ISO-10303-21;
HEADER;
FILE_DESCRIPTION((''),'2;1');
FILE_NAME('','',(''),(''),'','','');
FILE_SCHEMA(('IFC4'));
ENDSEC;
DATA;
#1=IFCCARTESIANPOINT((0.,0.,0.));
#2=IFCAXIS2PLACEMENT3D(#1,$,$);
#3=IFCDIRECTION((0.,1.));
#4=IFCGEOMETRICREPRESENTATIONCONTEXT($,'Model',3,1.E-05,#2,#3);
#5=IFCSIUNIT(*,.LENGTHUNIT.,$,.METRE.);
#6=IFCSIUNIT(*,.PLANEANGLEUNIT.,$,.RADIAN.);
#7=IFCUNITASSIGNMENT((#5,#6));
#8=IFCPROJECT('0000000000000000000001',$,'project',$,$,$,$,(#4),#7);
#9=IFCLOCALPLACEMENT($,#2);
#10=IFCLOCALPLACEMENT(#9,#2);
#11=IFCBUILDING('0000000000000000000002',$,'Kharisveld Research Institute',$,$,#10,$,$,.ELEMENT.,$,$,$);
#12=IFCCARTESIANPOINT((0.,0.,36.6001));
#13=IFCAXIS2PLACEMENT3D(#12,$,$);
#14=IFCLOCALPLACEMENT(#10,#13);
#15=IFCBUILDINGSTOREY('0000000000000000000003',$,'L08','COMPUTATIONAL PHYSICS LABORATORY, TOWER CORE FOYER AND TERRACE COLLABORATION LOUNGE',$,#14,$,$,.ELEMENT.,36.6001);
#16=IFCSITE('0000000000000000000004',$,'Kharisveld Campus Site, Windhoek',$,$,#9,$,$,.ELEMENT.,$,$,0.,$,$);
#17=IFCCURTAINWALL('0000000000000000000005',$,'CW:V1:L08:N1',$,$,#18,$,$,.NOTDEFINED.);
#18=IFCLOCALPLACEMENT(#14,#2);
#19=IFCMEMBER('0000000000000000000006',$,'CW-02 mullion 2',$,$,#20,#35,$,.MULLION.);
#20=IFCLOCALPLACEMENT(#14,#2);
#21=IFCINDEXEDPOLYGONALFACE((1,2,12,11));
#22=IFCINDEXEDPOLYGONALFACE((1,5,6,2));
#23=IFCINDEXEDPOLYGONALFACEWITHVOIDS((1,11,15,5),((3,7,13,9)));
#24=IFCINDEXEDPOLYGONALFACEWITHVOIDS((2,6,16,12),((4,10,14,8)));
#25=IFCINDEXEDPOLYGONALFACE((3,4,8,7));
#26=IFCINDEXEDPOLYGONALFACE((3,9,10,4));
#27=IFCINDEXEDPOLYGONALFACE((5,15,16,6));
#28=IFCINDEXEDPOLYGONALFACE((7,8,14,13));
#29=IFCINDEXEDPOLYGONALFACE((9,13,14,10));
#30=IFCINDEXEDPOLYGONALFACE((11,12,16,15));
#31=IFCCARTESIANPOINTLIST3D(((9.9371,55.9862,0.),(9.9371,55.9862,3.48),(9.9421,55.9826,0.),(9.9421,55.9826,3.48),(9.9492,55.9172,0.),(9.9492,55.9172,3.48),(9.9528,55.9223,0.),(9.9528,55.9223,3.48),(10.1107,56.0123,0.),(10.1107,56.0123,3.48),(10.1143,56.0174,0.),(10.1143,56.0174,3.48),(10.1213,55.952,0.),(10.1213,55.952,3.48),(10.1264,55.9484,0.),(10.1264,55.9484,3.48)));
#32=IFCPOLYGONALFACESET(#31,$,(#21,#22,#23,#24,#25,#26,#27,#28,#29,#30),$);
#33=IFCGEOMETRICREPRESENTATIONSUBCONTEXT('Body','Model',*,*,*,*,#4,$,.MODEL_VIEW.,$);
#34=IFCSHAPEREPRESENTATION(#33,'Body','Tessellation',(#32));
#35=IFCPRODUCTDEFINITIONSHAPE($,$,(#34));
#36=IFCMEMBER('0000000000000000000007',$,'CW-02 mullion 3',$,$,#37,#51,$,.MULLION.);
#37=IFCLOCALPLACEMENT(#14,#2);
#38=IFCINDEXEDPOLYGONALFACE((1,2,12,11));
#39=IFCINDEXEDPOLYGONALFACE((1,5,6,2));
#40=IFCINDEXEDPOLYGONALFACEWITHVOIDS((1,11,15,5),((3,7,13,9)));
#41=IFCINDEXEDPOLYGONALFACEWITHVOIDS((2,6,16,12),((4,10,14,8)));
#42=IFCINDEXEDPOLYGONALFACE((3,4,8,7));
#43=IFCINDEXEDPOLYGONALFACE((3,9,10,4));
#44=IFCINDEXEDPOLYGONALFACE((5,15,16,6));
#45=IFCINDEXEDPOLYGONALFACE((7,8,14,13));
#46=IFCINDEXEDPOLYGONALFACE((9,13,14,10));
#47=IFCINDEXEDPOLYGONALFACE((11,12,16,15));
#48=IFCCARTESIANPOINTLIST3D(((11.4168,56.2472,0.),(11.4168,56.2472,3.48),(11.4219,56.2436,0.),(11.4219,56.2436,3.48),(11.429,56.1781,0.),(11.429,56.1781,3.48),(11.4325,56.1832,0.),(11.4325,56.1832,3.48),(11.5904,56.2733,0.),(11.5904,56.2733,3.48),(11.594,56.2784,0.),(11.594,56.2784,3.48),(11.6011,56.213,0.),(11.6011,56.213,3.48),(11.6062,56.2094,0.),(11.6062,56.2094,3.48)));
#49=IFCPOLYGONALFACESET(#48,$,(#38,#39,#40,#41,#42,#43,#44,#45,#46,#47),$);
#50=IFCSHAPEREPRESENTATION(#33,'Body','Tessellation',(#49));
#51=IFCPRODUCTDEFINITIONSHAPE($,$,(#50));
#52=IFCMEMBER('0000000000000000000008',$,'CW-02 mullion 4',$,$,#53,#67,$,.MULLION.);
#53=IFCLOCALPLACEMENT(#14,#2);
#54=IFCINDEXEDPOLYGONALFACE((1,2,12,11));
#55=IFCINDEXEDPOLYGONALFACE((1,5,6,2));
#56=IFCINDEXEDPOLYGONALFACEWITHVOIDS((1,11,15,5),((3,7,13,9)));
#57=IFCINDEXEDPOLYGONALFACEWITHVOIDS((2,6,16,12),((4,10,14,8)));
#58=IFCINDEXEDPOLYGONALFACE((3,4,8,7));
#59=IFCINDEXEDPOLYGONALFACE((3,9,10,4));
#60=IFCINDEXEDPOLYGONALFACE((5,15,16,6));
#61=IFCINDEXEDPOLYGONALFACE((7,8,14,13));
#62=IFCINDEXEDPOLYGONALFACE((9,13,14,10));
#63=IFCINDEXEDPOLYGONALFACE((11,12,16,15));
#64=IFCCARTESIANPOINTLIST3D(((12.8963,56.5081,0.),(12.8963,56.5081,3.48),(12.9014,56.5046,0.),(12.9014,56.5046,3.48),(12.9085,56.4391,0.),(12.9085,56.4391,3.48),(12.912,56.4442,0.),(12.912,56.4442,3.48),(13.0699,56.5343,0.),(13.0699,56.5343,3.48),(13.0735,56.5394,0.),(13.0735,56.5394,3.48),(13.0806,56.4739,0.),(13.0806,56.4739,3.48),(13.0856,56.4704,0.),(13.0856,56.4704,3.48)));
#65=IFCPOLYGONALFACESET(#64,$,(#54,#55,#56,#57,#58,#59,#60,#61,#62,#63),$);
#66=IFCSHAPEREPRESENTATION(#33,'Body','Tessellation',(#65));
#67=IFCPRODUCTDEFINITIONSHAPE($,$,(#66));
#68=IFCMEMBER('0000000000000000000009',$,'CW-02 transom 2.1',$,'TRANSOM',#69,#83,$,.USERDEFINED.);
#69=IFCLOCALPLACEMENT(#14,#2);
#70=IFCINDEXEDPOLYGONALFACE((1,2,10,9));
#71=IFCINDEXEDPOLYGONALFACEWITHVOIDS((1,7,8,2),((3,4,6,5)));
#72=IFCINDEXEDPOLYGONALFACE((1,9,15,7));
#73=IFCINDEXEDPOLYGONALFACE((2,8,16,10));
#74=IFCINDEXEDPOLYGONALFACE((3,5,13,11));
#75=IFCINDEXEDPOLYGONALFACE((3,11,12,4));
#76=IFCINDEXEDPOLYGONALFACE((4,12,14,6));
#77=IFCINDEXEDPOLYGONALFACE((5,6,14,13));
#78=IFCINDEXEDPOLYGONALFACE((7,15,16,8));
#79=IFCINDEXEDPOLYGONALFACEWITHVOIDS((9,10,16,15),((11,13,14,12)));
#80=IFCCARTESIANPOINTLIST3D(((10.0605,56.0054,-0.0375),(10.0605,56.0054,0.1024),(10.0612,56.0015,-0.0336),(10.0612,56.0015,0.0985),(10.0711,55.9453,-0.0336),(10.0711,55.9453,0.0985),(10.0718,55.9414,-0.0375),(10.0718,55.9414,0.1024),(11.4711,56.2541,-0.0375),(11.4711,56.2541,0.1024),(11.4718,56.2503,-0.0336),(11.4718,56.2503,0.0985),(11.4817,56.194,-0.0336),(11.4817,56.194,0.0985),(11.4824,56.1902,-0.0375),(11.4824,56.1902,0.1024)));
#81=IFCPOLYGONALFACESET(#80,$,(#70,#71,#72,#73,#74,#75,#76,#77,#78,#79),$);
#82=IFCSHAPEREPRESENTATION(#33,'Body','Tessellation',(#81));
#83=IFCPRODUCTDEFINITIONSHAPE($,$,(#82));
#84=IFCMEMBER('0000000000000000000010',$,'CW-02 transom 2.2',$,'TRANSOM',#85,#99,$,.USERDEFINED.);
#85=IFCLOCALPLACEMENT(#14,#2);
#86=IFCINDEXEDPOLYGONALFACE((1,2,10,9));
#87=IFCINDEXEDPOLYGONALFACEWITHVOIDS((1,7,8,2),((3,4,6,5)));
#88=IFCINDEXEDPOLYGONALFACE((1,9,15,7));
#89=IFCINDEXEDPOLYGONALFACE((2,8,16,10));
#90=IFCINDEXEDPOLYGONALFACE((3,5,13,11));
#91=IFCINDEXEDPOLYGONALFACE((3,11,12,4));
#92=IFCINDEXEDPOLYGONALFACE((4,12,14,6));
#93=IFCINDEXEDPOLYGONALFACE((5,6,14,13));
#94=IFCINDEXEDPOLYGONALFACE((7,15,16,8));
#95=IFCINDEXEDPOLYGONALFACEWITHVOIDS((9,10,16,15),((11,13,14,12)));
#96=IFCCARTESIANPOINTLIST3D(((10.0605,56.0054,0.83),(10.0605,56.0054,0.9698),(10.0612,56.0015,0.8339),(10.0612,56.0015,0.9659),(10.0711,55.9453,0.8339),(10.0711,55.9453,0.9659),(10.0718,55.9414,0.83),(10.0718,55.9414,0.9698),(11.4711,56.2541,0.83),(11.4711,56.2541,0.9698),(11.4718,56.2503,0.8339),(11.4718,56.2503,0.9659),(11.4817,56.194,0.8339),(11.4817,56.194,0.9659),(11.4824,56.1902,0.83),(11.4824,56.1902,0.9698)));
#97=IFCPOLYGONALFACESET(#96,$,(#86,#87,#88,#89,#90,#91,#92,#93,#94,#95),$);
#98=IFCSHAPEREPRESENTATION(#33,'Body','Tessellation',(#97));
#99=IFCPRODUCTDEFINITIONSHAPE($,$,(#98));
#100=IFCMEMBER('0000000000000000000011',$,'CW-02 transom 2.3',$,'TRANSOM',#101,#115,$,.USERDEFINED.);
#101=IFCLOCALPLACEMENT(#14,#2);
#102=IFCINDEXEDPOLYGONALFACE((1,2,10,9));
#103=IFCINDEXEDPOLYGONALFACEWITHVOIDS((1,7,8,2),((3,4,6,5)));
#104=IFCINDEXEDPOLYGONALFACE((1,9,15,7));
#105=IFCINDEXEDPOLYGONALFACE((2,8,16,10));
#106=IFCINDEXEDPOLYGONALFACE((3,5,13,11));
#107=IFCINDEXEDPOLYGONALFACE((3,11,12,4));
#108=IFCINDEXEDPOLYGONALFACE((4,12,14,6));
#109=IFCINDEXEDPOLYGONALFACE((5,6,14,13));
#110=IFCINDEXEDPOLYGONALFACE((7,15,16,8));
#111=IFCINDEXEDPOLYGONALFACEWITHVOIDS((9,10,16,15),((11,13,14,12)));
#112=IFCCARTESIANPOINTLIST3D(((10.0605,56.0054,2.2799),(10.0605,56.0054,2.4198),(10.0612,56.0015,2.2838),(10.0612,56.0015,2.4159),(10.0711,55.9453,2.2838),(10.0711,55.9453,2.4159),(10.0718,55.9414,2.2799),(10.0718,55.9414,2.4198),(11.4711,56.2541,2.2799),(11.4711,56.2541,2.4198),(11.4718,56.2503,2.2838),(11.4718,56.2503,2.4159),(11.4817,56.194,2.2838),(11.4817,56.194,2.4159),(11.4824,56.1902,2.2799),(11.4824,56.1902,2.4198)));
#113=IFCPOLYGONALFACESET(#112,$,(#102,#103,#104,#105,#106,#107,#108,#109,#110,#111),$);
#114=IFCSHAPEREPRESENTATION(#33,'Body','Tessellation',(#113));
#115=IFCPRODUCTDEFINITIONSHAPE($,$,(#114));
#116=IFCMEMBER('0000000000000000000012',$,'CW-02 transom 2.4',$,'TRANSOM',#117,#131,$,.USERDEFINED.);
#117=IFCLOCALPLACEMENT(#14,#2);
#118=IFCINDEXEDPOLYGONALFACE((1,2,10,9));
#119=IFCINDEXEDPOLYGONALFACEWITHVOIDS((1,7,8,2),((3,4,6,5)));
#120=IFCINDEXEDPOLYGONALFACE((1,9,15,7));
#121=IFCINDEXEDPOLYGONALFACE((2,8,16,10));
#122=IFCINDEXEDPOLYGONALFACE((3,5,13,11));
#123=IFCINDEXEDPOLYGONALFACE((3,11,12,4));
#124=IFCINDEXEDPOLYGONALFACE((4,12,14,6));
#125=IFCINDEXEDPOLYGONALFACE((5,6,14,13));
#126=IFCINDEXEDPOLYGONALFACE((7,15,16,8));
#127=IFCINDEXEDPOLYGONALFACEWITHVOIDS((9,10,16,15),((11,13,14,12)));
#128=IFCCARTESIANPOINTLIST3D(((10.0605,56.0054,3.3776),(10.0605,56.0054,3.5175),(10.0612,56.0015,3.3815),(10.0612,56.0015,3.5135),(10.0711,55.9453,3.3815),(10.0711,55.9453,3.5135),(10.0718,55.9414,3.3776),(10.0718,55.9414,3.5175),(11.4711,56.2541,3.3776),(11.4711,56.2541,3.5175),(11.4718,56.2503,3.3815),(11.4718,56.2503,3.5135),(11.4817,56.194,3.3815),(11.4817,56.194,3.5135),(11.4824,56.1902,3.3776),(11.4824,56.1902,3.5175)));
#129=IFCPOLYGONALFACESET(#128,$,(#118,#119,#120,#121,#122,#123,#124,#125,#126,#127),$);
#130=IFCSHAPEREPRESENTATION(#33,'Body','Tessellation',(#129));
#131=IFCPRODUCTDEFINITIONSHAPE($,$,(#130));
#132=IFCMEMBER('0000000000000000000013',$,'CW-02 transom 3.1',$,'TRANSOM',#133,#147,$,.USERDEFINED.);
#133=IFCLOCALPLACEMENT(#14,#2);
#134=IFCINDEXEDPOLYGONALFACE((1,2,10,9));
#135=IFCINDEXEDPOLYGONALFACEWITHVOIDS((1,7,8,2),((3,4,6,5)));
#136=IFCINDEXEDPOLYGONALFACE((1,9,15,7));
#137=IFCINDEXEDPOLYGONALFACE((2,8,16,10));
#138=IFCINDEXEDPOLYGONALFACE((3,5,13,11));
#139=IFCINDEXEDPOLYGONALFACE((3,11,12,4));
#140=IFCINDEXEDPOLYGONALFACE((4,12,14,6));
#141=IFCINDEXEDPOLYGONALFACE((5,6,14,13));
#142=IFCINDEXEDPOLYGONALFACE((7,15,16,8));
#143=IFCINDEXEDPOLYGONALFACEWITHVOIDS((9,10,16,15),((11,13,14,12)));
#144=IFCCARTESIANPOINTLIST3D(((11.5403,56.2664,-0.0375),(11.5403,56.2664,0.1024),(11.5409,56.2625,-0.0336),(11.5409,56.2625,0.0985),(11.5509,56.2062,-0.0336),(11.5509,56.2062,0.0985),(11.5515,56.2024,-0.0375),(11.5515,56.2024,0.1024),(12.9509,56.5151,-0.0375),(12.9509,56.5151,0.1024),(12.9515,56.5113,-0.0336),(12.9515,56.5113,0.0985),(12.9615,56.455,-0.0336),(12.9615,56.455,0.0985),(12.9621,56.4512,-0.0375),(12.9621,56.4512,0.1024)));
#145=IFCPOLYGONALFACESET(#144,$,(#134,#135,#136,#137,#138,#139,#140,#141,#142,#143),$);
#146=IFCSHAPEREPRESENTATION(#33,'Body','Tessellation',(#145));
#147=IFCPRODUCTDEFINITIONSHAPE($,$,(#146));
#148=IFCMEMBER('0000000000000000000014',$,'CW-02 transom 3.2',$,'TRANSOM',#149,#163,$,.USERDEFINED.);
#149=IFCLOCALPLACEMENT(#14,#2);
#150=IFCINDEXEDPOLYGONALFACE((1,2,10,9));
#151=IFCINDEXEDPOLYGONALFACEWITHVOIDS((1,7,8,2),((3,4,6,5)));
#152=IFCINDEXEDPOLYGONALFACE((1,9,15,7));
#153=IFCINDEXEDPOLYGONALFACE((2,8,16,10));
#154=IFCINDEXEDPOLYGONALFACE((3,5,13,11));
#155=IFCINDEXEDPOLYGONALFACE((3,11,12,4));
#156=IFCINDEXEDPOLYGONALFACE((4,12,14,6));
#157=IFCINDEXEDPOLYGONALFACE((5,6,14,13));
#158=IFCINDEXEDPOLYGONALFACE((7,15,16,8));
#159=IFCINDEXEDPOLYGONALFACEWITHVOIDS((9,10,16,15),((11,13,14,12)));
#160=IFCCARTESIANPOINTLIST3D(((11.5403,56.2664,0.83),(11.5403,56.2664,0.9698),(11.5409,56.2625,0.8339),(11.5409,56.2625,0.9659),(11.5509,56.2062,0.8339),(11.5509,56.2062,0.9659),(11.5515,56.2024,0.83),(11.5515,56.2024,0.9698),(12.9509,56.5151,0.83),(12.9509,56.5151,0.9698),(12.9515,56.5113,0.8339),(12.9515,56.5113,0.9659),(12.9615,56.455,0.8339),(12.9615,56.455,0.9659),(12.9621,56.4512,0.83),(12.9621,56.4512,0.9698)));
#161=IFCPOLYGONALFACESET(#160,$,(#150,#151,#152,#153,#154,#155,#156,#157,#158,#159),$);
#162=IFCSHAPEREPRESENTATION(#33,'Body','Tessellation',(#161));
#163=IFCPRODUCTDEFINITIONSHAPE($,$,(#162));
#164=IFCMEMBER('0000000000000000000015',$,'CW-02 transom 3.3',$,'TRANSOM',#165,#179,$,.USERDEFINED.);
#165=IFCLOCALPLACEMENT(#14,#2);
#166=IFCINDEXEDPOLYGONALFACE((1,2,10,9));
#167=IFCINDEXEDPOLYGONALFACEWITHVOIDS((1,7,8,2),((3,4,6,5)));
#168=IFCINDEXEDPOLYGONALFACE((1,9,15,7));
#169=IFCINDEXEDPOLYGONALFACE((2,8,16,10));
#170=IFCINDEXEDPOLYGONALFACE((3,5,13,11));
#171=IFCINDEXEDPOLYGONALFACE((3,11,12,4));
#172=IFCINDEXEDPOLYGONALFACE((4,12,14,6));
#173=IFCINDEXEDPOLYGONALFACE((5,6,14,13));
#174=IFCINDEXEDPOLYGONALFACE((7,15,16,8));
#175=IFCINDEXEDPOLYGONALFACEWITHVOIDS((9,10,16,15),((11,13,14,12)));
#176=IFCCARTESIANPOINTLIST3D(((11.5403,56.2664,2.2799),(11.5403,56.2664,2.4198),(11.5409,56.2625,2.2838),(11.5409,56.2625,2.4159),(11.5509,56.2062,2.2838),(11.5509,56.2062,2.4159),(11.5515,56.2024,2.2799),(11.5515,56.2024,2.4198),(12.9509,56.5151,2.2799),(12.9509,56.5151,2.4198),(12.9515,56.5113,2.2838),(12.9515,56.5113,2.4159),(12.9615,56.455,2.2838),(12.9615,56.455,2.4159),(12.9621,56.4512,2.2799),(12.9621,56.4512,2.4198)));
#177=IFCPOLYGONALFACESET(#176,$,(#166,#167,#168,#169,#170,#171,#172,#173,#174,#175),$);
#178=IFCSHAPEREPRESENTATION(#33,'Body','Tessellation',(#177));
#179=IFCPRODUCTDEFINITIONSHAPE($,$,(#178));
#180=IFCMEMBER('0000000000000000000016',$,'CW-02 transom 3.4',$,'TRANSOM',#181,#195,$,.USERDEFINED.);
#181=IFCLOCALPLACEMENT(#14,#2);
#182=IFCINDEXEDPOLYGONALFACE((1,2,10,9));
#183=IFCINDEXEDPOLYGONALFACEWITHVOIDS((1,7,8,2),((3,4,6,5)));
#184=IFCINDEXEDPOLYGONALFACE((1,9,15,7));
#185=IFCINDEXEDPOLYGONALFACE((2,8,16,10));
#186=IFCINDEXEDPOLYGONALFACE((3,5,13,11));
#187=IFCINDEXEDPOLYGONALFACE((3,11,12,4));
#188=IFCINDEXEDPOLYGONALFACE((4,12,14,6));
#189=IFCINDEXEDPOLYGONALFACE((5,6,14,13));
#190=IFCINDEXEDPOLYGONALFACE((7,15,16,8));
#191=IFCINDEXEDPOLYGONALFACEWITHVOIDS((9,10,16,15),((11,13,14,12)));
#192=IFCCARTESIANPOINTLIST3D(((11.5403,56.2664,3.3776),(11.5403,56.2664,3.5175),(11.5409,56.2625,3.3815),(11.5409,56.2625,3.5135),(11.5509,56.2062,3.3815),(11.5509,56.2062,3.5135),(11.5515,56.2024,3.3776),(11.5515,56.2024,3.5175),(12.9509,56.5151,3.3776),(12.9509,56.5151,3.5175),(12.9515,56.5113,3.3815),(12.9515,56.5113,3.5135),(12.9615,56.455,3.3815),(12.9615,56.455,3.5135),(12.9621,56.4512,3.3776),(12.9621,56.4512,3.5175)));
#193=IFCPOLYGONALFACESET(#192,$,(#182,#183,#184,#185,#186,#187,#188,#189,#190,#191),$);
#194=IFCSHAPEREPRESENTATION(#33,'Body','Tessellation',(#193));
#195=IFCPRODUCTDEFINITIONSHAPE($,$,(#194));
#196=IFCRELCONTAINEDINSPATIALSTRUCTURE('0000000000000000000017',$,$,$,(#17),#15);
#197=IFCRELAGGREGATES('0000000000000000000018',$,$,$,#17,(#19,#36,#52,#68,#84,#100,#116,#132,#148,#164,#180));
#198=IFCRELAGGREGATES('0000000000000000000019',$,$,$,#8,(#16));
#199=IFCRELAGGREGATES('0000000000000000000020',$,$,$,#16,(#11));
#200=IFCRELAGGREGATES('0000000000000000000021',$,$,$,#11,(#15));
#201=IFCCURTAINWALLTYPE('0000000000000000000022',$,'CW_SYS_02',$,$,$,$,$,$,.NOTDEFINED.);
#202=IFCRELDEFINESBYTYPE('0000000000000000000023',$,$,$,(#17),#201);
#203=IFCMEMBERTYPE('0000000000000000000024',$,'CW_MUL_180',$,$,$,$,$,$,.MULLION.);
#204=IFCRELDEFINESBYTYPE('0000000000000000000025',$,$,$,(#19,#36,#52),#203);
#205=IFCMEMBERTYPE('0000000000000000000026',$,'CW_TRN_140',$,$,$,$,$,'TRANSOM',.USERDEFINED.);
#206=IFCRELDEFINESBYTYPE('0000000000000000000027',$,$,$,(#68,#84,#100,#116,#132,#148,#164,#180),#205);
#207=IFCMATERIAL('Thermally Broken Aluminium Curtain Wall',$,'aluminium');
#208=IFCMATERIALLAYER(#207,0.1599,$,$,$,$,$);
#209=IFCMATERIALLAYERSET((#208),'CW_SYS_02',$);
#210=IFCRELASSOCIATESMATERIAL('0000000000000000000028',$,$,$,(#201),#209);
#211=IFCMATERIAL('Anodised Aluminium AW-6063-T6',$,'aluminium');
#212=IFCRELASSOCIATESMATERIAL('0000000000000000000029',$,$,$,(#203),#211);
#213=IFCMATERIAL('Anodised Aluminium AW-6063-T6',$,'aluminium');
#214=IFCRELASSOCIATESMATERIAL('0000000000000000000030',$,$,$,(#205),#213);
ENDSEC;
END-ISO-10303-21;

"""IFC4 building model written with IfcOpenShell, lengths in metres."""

from ifc_helpers import new_model, si_unit, direction, frame, origin, origin_2d, place, context, subcontext, project, spatial, hollow_rectangle, extrude, material, layer, layer_set, material_profile, profile_set, type_object, element, aggregate, save


model = new_model("IFC4")

# Units and contexts
model_context = context("Model", 3, precision=1e-05, world=origin(), true_north=direction((0.0, 1.0)))
body_context = subcontext(model_context, "Body", "Model", "MODEL_VIEW")
ifc_project = project(units=[si_unit("LENGTHUNIT", "METRE"), si_unit("PLANEANGLEUNIT", "RADIAN")], contexts=[model_context])

# Site, building, storey
site_placement = place(None, origin())
site = spatial("IfcSite", under=ifc_project, at=site_placement, Name="Kharisveld Campus Site, Windhoek", CompositionType="ELEMENT", RefElevation=0.0)
building_placement = place(site_placement, origin())
building = spatial("IfcBuilding", under=site, at=building_placement, Name="Kharisveld Research Institute", CompositionType="ELEMENT")
storey_placement = place(building_placement, frame((0.0, 0.0, 36.6001)))
storey = spatial("IfcBuildingStorey", under=building, at=storey_placement, Name="L08", Description="COMPUTATIONAL PHYSICS LABORATORY, TOWER CORE FOYER AND TERRACE COLLABORATION LOUNGE", CompositionType="ELEMENT", Elevation=36.6001)

# Curtain wall, members
ifc_material_1 = material(Name="Thermally Broken Aluminium Curtain Wall", Category="aluminium")
ifc_layer_1 = layer(ifc_material_1, 0.1599)
ifc_layer_set_1 = layer_set([ifc_layer_1], Name="CW_SYS_02")
curtain_wall_type = type_object("IfcCurtainWallType", Name="CW_SYS_02", PredefinedType="NOTDEFINED", material=ifc_layer_set_1)
curtain_wall_placement = place(storey_placement, origin())
curtain_wall = element("IfcCurtainWall", 1, at=curtain_wall_placement, inside=storey, type_object=curtain_wall_type, Name="CW:V1:L08:N1", PredefinedType="NOTDEFINED")
ifc_material_2 = material(Name="Anodised Aluminium AW-6063-T6", Category="aluminium")
ifc_material_profile_1 = material_profile(ifc_material_2, hollow_rectangle(XDim=0.0701, YDim=0.1799, WallThickness=0.0044, at=origin_2d()))
ifc_profile_set_1 = profile_set([ifc_material_profile_1], Name="Anodised Aluminium AW-6063-T6")
member_type_1 = type_object("IfcMemberType", Name="CW_MUL_180", PredefinedType="MULLION", material=ifc_profile_set_1)
member_1_placement = place(storey_placement, frame((10.0317, 55.9673, 0.0), z_axis=(0.0, 0.0, 1.0), x_axis=(-0.173648, 0.984808, 0.0)))
member_1 = element("IfcMember", 2, at=member_1_placement, type_object=member_type_1, Name="CW-02 mullion 2", PredefinedType="MULLION", context=body_context, shape_type="SweptSolid", body=[
    extrude(hollow_rectangle(XDim=0.0701, YDim=0.1799, WallThickness=0.0044, at=origin_2d()), origin(), (0.0, 0.0, 1.0), 3.48),
])
member_2_placement = place(storey_placement, frame((11.5115, 56.2283, 0.0), z_axis=(0.0, 0.0, 1.0), x_axis=(-0.173648, 0.984808, 0.0)))
member_2 = element("IfcMember", 3, at=member_2_placement, type_object=member_type_1, Name="CW-02 mullion 3", PredefinedType="MULLION", context=body_context, shape_type="SweptSolid", body=[
    extrude(hollow_rectangle(XDim=0.0701, YDim=0.1799, WallThickness=0.0044, at=origin_2d()), origin(), (0.0, 0.0, 1.0), 3.48),
])
member_3_placement = place(storey_placement, frame((12.991, 56.4893, 0.0), z_axis=(0.0, 0.0, 1.0), x_axis=(-0.173648, 0.984808, 0.0)))
member_3 = element("IfcMember", 4, at=member_3_placement, type_object=member_type_1, Name="CW-02 mullion 4", PredefinedType="MULLION", context=body_context, shape_type="SweptSolid", body=[
    extrude(hollow_rectangle(XDim=0.0701, YDim=0.1799, WallThickness=0.0044, at=origin_2d()), origin(), (0.0, 0.0, 1.0), 3.48),
])
ifc_material_3 = material(Name="Anodised Aluminium AW-6063-T6", Category="aluminium")
ifc_material_profile_2 = material_profile(ifc_material_3, hollow_rectangle(XDim=0.0649, YDim=0.1399, WallThickness=0.0039, at=origin_2d()))
ifc_profile_set_2 = profile_set([ifc_material_profile_2], Name="Anodised Aluminium AW-6063-T6")
member_type_2 = type_object("IfcMemberType", Name="CW_TRN_140", ElementType="TRANSOM", PredefinedType="USERDEFINED", material=ifc_profile_set_2)
member_4_placement = place(storey_placement, frame((10.0662, 55.9734, 0.0325), z_axis=(0.984802, 0.173678, 0.0), x_axis=(-0.173678, 0.984802, 0.0)))
member_4 = element("IfcMember", 5, at=member_4_placement, type_object=member_type_2, Name="CW-02 transom 2.1", ObjectType="TRANSOM", PredefinedType="USERDEFINED", context=body_context, shape_type="SweptSolid", body=[
    extrude(hollow_rectangle(XDim=0.0649, YDim=0.1399, WallThickness=0.0039, at=origin_2d()), origin(), (0.0, 0.0, 1.0), 1.4324),
])
member_5_placement = place(storey_placement, frame((10.0662, 55.9734, 0.8999), z_axis=(0.984802, 0.173678, 0.0), x_axis=(-0.173678, 0.984802, 0.0)))
member_5 = element("IfcMember", 6, at=member_5_placement, type_object=member_type_2, Name="CW-02 transom 2.2", ObjectType="TRANSOM", PredefinedType="USERDEFINED", context=body_context, shape_type="SweptSolid", body=[
    extrude(hollow_rectangle(XDim=0.0649, YDim=0.1399, WallThickness=0.0039, at=origin_2d()), origin(), (0.0, 0.0, 1.0), 1.4324),
])
member_6_placement = place(storey_placement, frame((10.0662, 55.9734, 2.3499), z_axis=(0.984802, 0.173678, 0.0), x_axis=(-0.173678, 0.984802, 0.0)))
member_6 = element("IfcMember", 7, at=member_6_placement, type_object=member_type_2, Name="CW-02 transom 2.3", ObjectType="TRANSOM", PredefinedType="USERDEFINED", context=body_context, shape_type="SweptSolid", body=[
    extrude(hollow_rectangle(XDim=0.0649, YDim=0.1399, WallThickness=0.0039, at=origin_2d()), origin(), (0.0, 0.0, 1.0), 1.4324),
])
member_7_placement = place(storey_placement, frame((10.0662, 55.9734, 3.4475), z_axis=(0.984802, 0.173678, 0.0), x_axis=(-0.173678, 0.984802, 0.0)))
member_7 = element("IfcMember", 8, at=member_7_placement, type_object=member_type_2, Name="CW-02 transom 2.4", ObjectType="TRANSOM", PredefinedType="USERDEFINED", context=body_context, shape_type="SweptSolid", body=[
    extrude(hollow_rectangle(XDim=0.0649, YDim=0.1399, WallThickness=0.0039, at=origin_2d()), origin(), (0.0, 0.0, 1.0), 1.4324),
])
member_8_placement = place(storey_placement, frame((11.5459, 56.2344, 0.0325), z_axis=(0.984802, 0.173678, 0.0), x_axis=(-0.173678, 0.984802, 0.0)))
member_8 = element("IfcMember", 9, at=member_8_placement, type_object=member_type_2, Name="CW-02 transom 3.1", ObjectType="TRANSOM", PredefinedType="USERDEFINED", context=body_context, shape_type="SweptSolid", body=[
    extrude(hollow_rectangle(XDim=0.0649, YDim=0.1399, WallThickness=0.0039, at=origin_2d()), origin(), (0.0, 0.0, 1.0), 1.4324),
])
member_9_placement = place(storey_placement, frame((11.5459, 56.2344, 0.8999), z_axis=(0.984802, 0.173678, 0.0), x_axis=(-0.173678, 0.984802, 0.0)))
member_9 = element("IfcMember", 10, at=member_9_placement, type_object=member_type_2, Name="CW-02 transom 3.2", ObjectType="TRANSOM", PredefinedType="USERDEFINED", context=body_context, shape_type="SweptSolid", body=[
    extrude(hollow_rectangle(XDim=0.0649, YDim=0.1399, WallThickness=0.0039, at=origin_2d()), origin(), (0.0, 0.0, 1.0), 1.4324),
])
member_10_placement = place(storey_placement, frame((11.5459, 56.2344, 2.3499), z_axis=(0.984802, 0.173678, 0.0), x_axis=(-0.173678, 0.984802, 0.0)))
member_10 = element("IfcMember", 11, at=member_10_placement, type_object=member_type_2, Name="CW-02 transom 3.3", ObjectType="TRANSOM", PredefinedType="USERDEFINED", context=body_context, shape_type="SweptSolid", body=[
    extrude(hollow_rectangle(XDim=0.0649, YDim=0.1399, WallThickness=0.0039, at=origin_2d()), origin(), (0.0, 0.0, 1.0), 1.4324),
])
member_11_placement = place(storey_placement, frame((11.5459, 56.2344, 3.4475), z_axis=(0.984802, 0.173678, 0.0), x_axis=(-0.173678, 0.984802, 0.0)))
member_11 = element("IfcMember", 12, at=member_11_placement, type_object=member_type_2, Name="CW-02 transom 3.4", ObjectType="TRANSOM", PredefinedType="USERDEFINED", context=body_context, shape_type="SweptSolid", body=[
    extrude(hollow_rectangle(XDim=0.0649, YDim=0.1399, WallThickness=0.0039, at=origin_2d()), origin(), (0.0, 0.0, 1.0), 1.4324),
])
aggregate(curtain_wall, [member_1, member_2, member_3, member_4, member_5, member_6, member_7, member_8, member_9, member_10, member_11])

save(model, "model.ifc")
